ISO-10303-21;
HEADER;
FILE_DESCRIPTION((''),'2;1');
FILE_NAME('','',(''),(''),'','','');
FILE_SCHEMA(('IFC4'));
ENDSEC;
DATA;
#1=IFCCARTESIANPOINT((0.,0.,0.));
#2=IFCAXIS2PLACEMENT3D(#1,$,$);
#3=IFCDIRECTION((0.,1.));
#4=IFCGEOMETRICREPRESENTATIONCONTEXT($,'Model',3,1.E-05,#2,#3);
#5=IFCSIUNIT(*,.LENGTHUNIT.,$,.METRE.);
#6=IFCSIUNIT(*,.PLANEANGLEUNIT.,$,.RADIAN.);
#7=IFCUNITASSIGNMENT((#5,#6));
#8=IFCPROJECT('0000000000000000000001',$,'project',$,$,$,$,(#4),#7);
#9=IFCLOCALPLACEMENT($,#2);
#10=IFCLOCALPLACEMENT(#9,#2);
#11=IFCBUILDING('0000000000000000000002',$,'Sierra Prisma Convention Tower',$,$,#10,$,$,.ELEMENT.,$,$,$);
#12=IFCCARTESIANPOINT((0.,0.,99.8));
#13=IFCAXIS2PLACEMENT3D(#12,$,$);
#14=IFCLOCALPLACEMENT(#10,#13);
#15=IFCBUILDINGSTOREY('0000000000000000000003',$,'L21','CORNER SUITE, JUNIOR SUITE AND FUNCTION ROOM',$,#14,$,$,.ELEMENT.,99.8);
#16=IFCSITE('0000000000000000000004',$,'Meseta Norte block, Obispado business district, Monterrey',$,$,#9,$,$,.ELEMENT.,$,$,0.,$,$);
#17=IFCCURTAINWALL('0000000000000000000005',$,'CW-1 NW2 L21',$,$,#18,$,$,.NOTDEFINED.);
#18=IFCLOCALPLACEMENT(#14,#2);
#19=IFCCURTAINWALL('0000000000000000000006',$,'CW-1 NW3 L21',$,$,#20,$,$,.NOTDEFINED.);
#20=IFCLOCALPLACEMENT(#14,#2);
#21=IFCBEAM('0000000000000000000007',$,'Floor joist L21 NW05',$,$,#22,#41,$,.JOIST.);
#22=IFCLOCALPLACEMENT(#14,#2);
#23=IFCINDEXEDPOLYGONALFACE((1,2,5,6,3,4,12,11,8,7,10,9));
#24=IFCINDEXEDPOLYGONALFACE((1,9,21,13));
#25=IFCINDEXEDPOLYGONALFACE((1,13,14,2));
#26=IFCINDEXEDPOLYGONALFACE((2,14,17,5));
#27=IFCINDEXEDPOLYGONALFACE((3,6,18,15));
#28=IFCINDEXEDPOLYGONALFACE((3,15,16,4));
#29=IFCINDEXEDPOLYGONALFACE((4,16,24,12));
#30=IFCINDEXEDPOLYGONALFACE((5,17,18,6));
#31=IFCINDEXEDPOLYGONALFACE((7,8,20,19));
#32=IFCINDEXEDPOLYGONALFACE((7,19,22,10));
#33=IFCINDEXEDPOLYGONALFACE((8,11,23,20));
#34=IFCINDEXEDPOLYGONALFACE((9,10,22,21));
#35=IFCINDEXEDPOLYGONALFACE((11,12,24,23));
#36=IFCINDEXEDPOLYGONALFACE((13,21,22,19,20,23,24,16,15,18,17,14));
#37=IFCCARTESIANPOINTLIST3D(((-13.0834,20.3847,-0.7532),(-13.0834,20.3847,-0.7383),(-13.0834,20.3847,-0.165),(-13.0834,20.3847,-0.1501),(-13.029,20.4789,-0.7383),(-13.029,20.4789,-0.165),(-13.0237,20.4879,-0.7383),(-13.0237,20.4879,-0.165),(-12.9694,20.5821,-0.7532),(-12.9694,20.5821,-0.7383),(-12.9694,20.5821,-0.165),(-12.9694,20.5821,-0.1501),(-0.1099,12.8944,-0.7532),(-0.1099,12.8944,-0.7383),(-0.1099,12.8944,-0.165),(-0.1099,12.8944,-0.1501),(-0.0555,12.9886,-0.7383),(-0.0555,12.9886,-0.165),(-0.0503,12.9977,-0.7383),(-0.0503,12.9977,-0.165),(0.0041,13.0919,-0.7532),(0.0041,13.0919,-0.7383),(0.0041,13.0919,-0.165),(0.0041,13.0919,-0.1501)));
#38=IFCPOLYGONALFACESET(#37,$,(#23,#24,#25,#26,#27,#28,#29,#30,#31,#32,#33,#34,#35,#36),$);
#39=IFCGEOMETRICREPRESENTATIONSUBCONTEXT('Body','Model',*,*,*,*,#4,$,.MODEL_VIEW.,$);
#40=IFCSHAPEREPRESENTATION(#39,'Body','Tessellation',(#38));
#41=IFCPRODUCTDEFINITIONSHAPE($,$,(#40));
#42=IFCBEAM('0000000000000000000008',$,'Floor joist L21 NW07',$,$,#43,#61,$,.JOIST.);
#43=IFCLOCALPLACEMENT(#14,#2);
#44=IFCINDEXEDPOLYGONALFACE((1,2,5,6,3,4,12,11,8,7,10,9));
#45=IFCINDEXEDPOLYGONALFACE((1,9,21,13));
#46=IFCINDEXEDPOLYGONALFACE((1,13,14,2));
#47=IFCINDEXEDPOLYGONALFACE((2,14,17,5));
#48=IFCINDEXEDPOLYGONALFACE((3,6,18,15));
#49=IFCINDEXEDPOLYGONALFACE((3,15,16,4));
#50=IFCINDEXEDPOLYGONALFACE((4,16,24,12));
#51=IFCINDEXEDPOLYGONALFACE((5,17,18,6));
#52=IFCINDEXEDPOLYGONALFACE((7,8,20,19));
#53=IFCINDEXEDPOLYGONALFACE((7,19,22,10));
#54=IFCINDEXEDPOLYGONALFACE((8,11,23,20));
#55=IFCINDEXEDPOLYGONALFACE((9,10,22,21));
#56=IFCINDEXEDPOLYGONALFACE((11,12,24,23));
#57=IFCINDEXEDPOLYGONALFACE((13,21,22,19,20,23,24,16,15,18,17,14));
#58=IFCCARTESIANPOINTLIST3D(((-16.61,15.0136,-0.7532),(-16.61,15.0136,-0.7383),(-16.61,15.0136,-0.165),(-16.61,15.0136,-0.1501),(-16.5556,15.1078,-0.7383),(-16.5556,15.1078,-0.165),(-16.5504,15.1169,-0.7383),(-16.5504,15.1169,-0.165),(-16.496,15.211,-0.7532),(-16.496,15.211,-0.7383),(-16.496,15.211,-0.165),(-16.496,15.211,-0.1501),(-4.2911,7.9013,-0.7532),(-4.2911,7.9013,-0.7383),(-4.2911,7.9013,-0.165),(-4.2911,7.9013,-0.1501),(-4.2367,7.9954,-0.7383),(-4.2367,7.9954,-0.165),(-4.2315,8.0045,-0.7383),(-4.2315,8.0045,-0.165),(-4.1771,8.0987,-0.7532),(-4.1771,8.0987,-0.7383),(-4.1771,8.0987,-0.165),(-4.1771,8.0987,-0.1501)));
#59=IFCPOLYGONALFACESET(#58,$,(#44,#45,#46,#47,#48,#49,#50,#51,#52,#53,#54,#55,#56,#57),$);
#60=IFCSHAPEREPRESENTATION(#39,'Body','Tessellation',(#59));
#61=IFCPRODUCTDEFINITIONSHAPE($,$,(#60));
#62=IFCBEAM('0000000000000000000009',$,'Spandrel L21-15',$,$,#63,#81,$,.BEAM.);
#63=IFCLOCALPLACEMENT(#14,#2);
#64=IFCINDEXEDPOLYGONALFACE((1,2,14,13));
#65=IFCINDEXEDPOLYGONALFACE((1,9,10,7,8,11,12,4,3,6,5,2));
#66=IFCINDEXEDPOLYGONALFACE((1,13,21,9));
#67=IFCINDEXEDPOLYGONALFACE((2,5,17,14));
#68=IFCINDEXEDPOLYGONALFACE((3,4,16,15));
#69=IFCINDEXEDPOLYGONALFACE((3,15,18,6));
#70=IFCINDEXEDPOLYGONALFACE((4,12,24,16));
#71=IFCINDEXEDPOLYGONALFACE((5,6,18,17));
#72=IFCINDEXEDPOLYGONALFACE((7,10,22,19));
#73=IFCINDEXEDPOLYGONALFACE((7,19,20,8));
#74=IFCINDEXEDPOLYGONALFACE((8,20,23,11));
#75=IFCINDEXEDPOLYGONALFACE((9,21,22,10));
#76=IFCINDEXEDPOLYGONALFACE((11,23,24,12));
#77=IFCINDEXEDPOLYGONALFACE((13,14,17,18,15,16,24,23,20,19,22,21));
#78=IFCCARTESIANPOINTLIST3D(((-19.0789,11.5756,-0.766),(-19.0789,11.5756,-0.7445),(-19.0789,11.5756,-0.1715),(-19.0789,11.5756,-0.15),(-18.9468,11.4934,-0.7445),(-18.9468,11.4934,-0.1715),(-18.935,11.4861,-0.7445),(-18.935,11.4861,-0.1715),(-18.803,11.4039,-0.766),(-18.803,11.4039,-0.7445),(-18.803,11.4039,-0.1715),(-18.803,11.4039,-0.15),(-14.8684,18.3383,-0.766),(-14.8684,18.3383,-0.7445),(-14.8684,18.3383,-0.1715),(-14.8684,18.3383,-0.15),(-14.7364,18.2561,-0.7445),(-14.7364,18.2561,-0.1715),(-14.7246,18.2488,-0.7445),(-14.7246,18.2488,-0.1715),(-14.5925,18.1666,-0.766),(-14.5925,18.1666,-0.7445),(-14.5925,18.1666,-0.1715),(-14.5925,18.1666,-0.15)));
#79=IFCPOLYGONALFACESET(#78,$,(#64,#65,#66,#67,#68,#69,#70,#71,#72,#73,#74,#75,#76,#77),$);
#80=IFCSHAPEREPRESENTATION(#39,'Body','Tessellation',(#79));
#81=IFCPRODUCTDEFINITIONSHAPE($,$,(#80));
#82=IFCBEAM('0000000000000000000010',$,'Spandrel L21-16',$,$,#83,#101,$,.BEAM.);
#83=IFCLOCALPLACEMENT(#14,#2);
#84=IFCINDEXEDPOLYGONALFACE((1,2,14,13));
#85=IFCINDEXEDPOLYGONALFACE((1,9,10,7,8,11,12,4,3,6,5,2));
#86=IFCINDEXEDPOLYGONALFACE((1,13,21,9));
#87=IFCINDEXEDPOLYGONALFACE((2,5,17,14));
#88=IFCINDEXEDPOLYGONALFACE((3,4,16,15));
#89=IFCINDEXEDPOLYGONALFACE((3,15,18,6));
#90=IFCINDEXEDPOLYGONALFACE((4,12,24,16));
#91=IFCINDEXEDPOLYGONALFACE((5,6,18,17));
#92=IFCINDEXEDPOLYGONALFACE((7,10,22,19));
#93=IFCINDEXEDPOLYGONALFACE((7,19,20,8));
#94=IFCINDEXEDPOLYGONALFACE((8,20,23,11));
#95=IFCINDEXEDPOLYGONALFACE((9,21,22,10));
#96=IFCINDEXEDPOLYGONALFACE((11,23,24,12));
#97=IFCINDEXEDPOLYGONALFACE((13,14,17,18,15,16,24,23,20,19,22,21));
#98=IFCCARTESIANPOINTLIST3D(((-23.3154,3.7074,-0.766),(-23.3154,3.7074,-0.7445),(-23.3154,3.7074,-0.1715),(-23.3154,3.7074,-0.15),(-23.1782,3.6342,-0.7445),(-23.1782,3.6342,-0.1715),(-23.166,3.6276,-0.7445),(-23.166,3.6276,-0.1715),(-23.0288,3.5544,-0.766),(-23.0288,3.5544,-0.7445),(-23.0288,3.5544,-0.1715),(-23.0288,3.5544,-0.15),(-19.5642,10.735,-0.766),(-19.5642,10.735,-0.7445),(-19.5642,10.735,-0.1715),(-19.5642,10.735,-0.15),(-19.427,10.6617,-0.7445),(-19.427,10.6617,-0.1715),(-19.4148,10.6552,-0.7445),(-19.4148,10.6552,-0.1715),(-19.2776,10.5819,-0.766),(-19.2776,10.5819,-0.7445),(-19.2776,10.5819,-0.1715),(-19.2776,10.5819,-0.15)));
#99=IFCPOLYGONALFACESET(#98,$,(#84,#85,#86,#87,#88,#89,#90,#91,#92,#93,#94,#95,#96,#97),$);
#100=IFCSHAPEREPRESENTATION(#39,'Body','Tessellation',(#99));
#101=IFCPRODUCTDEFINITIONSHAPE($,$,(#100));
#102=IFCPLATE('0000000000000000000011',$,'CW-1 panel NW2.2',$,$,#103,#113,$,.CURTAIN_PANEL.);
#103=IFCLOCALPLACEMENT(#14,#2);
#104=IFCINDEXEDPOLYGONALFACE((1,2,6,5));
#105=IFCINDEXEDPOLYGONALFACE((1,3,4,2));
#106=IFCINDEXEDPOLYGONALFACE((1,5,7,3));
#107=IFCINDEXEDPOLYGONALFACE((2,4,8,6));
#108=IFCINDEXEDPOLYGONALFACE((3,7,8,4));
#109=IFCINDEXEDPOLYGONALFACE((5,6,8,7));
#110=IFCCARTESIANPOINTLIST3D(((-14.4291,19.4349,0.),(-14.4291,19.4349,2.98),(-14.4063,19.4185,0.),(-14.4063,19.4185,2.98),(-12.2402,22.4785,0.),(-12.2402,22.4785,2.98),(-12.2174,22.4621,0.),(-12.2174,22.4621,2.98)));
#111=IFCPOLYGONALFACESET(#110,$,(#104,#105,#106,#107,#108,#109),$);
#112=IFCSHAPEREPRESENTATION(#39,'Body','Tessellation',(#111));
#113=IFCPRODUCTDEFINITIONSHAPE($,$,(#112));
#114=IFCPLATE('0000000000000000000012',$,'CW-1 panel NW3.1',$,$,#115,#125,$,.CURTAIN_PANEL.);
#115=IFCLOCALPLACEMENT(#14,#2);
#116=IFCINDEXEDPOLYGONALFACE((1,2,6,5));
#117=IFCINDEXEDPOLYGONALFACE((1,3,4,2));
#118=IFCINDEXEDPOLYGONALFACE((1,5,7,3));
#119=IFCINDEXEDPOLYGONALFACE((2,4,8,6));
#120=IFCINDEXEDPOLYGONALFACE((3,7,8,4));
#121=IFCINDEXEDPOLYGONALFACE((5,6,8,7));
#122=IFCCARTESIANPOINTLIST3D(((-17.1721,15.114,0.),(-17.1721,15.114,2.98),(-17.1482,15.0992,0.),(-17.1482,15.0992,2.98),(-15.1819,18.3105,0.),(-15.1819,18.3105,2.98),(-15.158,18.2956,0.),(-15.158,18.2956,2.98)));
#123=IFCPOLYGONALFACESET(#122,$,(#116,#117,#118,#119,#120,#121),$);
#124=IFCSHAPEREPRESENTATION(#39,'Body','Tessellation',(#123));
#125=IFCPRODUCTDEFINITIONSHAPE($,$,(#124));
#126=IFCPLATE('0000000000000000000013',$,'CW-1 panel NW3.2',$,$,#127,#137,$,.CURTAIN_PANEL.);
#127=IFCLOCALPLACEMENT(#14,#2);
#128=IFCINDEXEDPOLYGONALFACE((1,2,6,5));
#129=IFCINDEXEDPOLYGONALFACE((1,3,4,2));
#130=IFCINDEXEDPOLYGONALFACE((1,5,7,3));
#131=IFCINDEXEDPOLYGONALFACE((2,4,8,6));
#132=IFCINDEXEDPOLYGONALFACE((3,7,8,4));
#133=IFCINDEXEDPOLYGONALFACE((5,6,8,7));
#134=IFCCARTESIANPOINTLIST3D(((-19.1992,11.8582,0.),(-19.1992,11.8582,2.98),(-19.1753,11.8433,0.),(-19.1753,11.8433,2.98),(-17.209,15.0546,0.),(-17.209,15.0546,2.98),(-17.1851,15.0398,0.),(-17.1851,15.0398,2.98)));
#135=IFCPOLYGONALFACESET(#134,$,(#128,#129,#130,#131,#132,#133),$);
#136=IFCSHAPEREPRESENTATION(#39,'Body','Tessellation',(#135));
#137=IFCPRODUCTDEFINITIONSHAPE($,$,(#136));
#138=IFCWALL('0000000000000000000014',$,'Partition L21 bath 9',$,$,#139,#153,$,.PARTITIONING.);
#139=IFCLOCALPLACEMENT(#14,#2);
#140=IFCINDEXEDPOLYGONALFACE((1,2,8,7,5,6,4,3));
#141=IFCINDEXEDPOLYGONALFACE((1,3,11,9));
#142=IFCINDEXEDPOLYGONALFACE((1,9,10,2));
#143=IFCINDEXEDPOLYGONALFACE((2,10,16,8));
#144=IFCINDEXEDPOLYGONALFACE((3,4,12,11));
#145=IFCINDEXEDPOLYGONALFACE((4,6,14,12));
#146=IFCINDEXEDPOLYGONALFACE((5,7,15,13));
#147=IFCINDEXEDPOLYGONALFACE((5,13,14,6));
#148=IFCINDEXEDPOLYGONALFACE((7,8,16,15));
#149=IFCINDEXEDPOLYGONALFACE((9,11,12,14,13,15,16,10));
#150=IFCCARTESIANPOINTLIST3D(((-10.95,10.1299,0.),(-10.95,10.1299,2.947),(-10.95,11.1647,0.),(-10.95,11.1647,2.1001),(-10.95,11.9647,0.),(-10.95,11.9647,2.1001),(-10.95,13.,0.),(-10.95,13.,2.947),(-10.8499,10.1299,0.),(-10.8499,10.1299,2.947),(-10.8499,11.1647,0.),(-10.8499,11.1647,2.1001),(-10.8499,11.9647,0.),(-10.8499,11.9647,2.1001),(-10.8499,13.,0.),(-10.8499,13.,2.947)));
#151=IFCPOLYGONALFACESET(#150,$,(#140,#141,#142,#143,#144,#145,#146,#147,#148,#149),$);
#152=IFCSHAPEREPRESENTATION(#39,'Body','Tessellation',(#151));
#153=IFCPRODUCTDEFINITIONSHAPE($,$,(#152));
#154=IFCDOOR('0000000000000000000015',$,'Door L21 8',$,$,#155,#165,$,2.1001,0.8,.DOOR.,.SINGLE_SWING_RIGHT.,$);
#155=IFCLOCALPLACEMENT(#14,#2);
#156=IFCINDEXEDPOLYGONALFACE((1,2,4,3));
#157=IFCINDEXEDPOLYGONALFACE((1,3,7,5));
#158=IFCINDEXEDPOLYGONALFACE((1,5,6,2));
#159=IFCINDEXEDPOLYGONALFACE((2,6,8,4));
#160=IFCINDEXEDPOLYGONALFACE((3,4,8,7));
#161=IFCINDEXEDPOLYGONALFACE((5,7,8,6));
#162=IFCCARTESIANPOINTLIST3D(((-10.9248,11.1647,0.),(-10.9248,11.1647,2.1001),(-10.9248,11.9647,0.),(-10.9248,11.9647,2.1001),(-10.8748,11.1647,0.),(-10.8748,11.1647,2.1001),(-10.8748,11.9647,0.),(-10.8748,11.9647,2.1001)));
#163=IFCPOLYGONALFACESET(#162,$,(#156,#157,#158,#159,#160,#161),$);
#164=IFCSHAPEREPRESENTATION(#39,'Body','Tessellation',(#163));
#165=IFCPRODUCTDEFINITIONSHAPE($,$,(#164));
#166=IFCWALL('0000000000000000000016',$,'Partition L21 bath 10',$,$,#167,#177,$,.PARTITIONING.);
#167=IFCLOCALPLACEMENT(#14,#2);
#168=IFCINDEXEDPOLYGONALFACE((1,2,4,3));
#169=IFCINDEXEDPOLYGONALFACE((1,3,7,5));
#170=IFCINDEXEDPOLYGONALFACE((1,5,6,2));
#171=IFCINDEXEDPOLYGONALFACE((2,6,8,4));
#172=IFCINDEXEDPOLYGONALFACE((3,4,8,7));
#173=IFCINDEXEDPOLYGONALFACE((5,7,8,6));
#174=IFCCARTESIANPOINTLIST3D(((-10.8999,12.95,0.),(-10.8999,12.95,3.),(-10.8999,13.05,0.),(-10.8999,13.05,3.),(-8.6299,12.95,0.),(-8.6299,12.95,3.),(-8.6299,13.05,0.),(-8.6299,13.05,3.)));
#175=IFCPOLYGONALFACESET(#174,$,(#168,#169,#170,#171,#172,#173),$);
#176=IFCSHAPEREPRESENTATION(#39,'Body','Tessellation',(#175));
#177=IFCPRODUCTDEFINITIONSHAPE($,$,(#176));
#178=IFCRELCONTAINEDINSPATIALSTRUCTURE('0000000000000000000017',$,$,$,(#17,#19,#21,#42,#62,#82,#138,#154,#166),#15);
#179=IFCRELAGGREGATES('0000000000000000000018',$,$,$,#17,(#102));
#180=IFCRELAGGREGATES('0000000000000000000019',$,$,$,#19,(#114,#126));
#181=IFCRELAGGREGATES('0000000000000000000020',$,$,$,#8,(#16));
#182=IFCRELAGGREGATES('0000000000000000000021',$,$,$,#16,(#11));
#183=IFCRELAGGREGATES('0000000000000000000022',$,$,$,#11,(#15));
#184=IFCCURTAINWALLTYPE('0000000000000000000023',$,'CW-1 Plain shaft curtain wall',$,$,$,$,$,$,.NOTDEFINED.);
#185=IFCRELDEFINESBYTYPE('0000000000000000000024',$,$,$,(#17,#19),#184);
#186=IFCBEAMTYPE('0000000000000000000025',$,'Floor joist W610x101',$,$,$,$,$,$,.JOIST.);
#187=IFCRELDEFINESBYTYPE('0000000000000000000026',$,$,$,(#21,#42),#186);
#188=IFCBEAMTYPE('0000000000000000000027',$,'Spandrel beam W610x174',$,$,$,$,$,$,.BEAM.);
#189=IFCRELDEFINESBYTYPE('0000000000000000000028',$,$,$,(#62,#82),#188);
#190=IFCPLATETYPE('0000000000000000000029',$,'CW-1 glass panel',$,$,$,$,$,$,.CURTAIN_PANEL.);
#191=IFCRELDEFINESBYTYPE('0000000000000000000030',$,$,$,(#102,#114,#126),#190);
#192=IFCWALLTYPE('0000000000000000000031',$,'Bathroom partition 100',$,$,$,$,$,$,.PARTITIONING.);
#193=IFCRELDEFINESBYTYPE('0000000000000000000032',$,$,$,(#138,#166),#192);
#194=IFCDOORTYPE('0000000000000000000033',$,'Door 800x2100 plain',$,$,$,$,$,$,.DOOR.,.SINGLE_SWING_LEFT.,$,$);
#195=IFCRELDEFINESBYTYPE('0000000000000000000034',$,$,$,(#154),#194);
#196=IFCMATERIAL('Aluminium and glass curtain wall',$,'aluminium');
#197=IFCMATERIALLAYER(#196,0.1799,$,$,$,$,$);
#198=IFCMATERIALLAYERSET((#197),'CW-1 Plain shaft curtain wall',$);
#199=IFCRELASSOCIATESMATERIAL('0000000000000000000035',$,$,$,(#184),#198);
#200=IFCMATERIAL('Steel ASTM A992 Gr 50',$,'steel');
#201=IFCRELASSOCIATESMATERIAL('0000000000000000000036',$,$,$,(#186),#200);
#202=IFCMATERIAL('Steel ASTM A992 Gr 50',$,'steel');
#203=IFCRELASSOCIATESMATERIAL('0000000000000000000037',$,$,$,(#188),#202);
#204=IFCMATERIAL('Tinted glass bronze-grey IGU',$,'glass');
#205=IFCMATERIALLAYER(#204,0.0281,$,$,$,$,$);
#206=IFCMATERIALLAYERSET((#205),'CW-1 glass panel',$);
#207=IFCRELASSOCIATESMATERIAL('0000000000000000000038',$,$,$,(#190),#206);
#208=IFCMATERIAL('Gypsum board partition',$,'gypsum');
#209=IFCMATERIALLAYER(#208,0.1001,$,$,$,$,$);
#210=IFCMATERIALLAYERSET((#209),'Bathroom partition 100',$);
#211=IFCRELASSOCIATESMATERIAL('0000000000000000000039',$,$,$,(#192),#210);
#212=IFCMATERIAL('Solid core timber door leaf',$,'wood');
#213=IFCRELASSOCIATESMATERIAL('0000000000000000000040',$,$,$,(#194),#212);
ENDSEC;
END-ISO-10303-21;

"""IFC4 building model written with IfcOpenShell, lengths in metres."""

from ifc_helpers import new_model, si_unit, direction, frame, frame_2d, origin, origin_2d, place, context, subcontext, project, spatial, rectangle, i_section, extrude, material, layer, layer_set, material_profile, profile_set, type_object, element, fill, aggregate, save


model = new_model("IFC4")

# Units and contexts
model_context = context("Model", 3, precision=1e-05, world=origin(), true_north=direction((0.0, 1.0)))
body_context = subcontext(model_context, "Body", "Model", "MODEL_VIEW")
ifc_project = project(units=[si_unit("LENGTHUNIT", "METRE"), si_unit("PLANEANGLEUNIT", "RADIAN")], contexts=[model_context])

# Site, building, storey
site_placement = place(None, origin())
site = spatial("IfcSite", under=ifc_project, at=site_placement, Name="Meseta Norte block, Obispado business district, Monterrey", CompositionType="ELEMENT", RefElevation=0.0)
building_placement = place(site_placement, origin())
building = spatial("IfcBuilding", under=site, at=building_placement, Name="Sierra Prisma Convention Tower", CompositionType="ELEMENT")
storey_placement = place(building_placement, frame((0.0, 0.0, 99.8)))
storey = spatial("IfcBuildingStorey", under=building, at=storey_placement, Name="L21", Description="CORNER SUITE, JUNIOR SUITE AND FUNCTION ROOM", CompositionType="ELEMENT", Elevation=99.8)

# Curtain wall
ifc_material_1 = material(Name="Aluminium and glass curtain wall", Category="aluminium")
ifc_layer_1 = layer(ifc_material_1, 0.1799)
ifc_layer_set_1 = layer_set([ifc_layer_1], Name="CW-1 Plain shaft curtain wall")
curtain_wall_type = type_object("IfcCurtainWallType", Name="CW-1 Plain shaft curtain wall", PredefinedType="NOTDEFINED", material=ifc_layer_set_1)
curtain_wall_1_placement = place(storey_placement, origin())
curtain_wall_1 = element("IfcCurtainWall", 1, at=curtain_wall_1_placement, inside=storey, type_object=curtain_wall_type, Name="CW-1 NW2 L21", PredefinedType="NOTDEFINED")

# Curtain wall
curtain_wall_2_placement = place(storey_placement, origin())
curtain_wall_2 = element("IfcCurtainWall", 2, at=curtain_wall_2_placement, inside=storey, type_object=curtain_wall_type, Name="CW-1 NW3 L21", PredefinedType="NOTDEFINED")

# Beams
ifc_material_2 = material(Name="Steel ASTM A992 Gr 50", Category="steel")
ifc_material_profile_1 = material_profile(ifc_material_2, i_section(OverallWidth=0.228, OverallDepth=0.603, WebThickness=0.0105, FlangeThickness=0.0149, at=origin_2d()), Name="W610x101")
ifc_profile_set_1 = profile_set([ifc_material_profile_1], Name="Steel ASTM A992 Gr 50")
beam_type_1 = type_object("IfcBeamType", Name="Floor joist W610x101", PredefinedType="JOIST", material=ifc_profile_set_1)
beam_1_placement = place(storey_placement, frame((-13.0264, 20.4834, -0.4517), z_axis=(0.866024, -0.500002, 0.0), x_axis=(0.500002, 0.866024, 0.0)))
element("IfcBeam", 3, at=beam_1_placement, inside=storey, type_object=beam_type_1, Name="Floor joist L21 NW05", PredefinedType="JOIST", context=body_context, shape_type="SweptSolid", body=[
    extrude(i_section(OverallWidth=0.228, OverallDepth=0.603, WebThickness=0.0105, FlangeThickness=0.0149, at=origin_2d()), origin(), (0.0, 0.0, 1.0), 14.9805),
])
beam_2_placement = place(storey_placement, frame((-16.553, 15.1123, -0.4517), z_axis=(0.866025, -0.500001, 0.0), x_axis=(0.500001, 0.866025, 0.0)))
element("IfcBeam", 4, at=beam_2_placement, inside=storey, type_object=beam_type_1, Name="Floor joist L21 NW07", PredefinedType="JOIST", context=body_context, shape_type="SweptSolid", body=[
    extrude(i_section(OverallWidth=0.228, OverallDepth=0.603, WebThickness=0.0105, FlangeThickness=0.0149, at=origin_2d()), origin(), (0.0, 0.0, 1.0), 14.2246),
])
ifc_material_3 = material(Name="Steel ASTM A992 Gr 50", Category="steel")
ifc_material_profile_2 = material_profile(ifc_material_3, i_section(OverallWidth=0.325, OverallDepth=0.616, WebThickness=0.0139, FlangeThickness=0.0215, at=origin_2d()), Name="W610x174")
ifc_profile_set_2 = profile_set([ifc_material_profile_2], Name="Steel ASTM A992 Gr 50")
beam_type_2 = type_object("IfcBeamType", Name="Spandrel beam W610x174", PredefinedType="BEAM", material=ifc_profile_set_2)
beam_3_placement = place(storey_placement, frame((-14.7305, 18.2524, -0.458), z_axis=(-0.528533, -0.848913, 0.0), x_axis=(0.848913, -0.528533, 0.0)))
element("IfcBeam", 5, at=beam_3_placement, inside=storey, type_object=beam_type_2, Name="Spandrel L21-15", PredefinedType="BEAM", context=body_context, shape_type="SweptSolid", body=[
    extrude(i_section(OverallWidth=0.325, OverallDepth=0.616, WebThickness=0.0139, FlangeThickness=0.0215, at=origin_2d()), origin(), (0.0, 0.0, 1.0), 7.9663),
])
beam_4_placement = place(storey_placement, frame((-19.4209, 10.6584, -0.458), z_axis=(-0.470898, -0.882187, 0.0), x_axis=(0.882187, -0.470898, 0.0)))
element("IfcBeam", 6, at=beam_4_placement, inside=storey, type_object=beam_type_2, Name="Spandrel L21-16", PredefinedType="BEAM", context=body_context, shape_type="SweptSolid", body=[
    extrude(i_section(OverallWidth=0.325, OverallDepth=0.616, WebThickness=0.0139, FlangeThickness=0.0215, at=origin_2d()), origin(), (0.0, 0.0, 1.0), 7.9661),
])

# Plates
ifc_material_4 = material(Name="Tinted glass bronze-grey IGU", Category="glass")
ifc_layer_2 = layer(ifc_material_4, 0.0281)
ifc_layer_set_2 = layer_set([ifc_layer_2], Name="CW-1 glass panel")
plate_type = type_object("IfcPlateType", Name="CW-1 glass panel", PredefinedType="CURTAIN_PANEL", material=ifc_layer_set_2)
plate_1_placement = place(storey_placement, frame((-13.3232, 20.9485, 0.0), z_axis=(0.0, 0.0, 1.0), x_axis=(-0.58386, -0.811854, 0.0)))
plate_1 = element("IfcPlate", 7, at=plate_1_placement, type_object=plate_type, Name="CW-1 panel NW2.2", PredefinedType="CURTAIN_PANEL", context=body_context, shape_type="SweptSolid", body=[
    extrude(rectangle(XDim=3.749, YDim=0.0281, at=origin_2d()), origin(), (0.0, 0.0, 1.0), 2.98),
])
aggregate(curtain_wall_1, [plate_1])
plate_2_placement = place(storey_placement, frame((-16.165, 16.7048, 0.0), z_axis=(0.0, 0.0, 1.0), x_axis=(-0.52855, -0.848902, 0.0)))
plate_2 = element("IfcPlate", 8, at=plate_2_placement, type_object=plate_type, Name="CW-1 panel NW3.1", PredefinedType="CURTAIN_PANEL", context=body_context, shape_type="SweptSolid", body=[
    extrude(rectangle(XDim=3.7654, YDim=0.0281, at=origin_2d()), origin(), (0.0, 0.0, 1.0), 2.98),
])
plate_3_placement = place(storey_placement, frame((-18.1921, 13.449, 0.0), z_axis=(0.0, 0.0, 1.0), x_axis=(-0.52855, -0.848902, 0.0)))
plate_3 = element("IfcPlate", 9, at=plate_3_placement, type_object=plate_type, Name="CW-1 panel NW3.2", PredefinedType="CURTAIN_PANEL", context=body_context, shape_type="SweptSolid", body=[
    extrude(rectangle(XDim=3.7654, YDim=0.0281, at=origin_2d()), origin(), (0.0, 0.0, 1.0), 2.98),
])
aggregate(curtain_wall_2, [plate_2, plate_3])

# Wall, opening, door
ifc_material_5 = material(Name="Gypsum board partition", Category="gypsum")
ifc_layer_3 = layer(ifc_material_5, 0.1001)
ifc_layer_set_3 = layer_set([ifc_layer_3], Name="Bathroom partition 100")
wall_type_1 = type_object("IfcWallType", Name="Bathroom partition 100", PredefinedType="PARTITIONING", material=ifc_layer_set_3)
wall_1_placement = place(storey_placement, frame((-10.8999, 10.1299, 0.0), z_axis=(0.0, 0.0, 1.0), x_axis=(0.0, 1.0, 0.0)))
wall_1 = element("IfcWall", 10, at=wall_1_placement, inside=storey, type_object=wall_type_1, Name="Partition L21 bath 9", PredefinedType="PARTITIONING", context=body_context, shape_type="SweptSolid", body=[
    extrude(rectangle(XDim=2.8701, YDim=0.1001, at=frame_2d((1.4351, 0.0))), origin(), (0.0, 0.0, 1.0), 2.947),
])
opening_1_placement = place(wall_1_placement, frame((1.0349, 0.0, 0.0)))
opening_1 = element("IfcOpeningElement", 11, at=opening_1_placement, cuts=wall_1, PredefinedType="OPENING", context=body_context, shape_type="SweptSolid", body=[
    extrude(rectangle(XDim=0.8, YDim=2.1001, at=frame_2d((0.3999, 1.05))), frame((0.0, 0.05, 0.0), z_axis=(0.0, -1.0, 0.0), x_axis=(1.0, 0.0, 0.0)), (0.0, 0.0, 1.0), 0.1001),
])
ifc_material_6 = material(Name="Solid core timber door leaf", Category="wood")
door_type_1 = type_object("IfcDoorType", Name="Door 800x2100 plain", OperationType="SINGLE_SWING_LEFT", PredefinedType="DOOR", material=ifc_material_6)
door_1_placement = place(opening_1_placement, origin())
door_1 = element("IfcDoor", 12, at=door_1_placement, inside=storey, type_object=door_type_1, Name="Door L21 8", OperationType="SINGLE_SWING_RIGHT", OverallHeight=2.1001, OverallWidth=0.8, PredefinedType="DOOR", context=body_context, shape_type="SweptSolid", body=[
    extrude(rectangle(XDim=0.8, YDim=2.1001, at=frame_2d((0.3999, 1.05))), frame((0.0, 0.0249, 0.0), z_axis=(0.0, -1.0, 0.0), x_axis=(1.0, 0.0, 0.0)), (0.0, 0.0, 1.0), 0.05),
])
fill(opening_1, door_1)

# Wall
wall_2_placement = place(storey_placement, frame((-10.8999, 13.0, 0.0), z_axis=(0.0, 0.0, 1.0), x_axis=(1.0, 0.0, 0.0)))
element("IfcWall", 13, at=wall_2_placement, inside=storey, type_object=wall_type_1, Name="Partition L21 bath 10", PredefinedType="PARTITIONING", context=body_context, shape_type="SweptSolid", body=[
    extrude(rectangle(XDim=2.27, YDim=0.1001, at=frame_2d((1.135, 0.0))), origin(), (0.0, 0.0, 1.0), 3.0),
])

save(model, "model.ifc")
